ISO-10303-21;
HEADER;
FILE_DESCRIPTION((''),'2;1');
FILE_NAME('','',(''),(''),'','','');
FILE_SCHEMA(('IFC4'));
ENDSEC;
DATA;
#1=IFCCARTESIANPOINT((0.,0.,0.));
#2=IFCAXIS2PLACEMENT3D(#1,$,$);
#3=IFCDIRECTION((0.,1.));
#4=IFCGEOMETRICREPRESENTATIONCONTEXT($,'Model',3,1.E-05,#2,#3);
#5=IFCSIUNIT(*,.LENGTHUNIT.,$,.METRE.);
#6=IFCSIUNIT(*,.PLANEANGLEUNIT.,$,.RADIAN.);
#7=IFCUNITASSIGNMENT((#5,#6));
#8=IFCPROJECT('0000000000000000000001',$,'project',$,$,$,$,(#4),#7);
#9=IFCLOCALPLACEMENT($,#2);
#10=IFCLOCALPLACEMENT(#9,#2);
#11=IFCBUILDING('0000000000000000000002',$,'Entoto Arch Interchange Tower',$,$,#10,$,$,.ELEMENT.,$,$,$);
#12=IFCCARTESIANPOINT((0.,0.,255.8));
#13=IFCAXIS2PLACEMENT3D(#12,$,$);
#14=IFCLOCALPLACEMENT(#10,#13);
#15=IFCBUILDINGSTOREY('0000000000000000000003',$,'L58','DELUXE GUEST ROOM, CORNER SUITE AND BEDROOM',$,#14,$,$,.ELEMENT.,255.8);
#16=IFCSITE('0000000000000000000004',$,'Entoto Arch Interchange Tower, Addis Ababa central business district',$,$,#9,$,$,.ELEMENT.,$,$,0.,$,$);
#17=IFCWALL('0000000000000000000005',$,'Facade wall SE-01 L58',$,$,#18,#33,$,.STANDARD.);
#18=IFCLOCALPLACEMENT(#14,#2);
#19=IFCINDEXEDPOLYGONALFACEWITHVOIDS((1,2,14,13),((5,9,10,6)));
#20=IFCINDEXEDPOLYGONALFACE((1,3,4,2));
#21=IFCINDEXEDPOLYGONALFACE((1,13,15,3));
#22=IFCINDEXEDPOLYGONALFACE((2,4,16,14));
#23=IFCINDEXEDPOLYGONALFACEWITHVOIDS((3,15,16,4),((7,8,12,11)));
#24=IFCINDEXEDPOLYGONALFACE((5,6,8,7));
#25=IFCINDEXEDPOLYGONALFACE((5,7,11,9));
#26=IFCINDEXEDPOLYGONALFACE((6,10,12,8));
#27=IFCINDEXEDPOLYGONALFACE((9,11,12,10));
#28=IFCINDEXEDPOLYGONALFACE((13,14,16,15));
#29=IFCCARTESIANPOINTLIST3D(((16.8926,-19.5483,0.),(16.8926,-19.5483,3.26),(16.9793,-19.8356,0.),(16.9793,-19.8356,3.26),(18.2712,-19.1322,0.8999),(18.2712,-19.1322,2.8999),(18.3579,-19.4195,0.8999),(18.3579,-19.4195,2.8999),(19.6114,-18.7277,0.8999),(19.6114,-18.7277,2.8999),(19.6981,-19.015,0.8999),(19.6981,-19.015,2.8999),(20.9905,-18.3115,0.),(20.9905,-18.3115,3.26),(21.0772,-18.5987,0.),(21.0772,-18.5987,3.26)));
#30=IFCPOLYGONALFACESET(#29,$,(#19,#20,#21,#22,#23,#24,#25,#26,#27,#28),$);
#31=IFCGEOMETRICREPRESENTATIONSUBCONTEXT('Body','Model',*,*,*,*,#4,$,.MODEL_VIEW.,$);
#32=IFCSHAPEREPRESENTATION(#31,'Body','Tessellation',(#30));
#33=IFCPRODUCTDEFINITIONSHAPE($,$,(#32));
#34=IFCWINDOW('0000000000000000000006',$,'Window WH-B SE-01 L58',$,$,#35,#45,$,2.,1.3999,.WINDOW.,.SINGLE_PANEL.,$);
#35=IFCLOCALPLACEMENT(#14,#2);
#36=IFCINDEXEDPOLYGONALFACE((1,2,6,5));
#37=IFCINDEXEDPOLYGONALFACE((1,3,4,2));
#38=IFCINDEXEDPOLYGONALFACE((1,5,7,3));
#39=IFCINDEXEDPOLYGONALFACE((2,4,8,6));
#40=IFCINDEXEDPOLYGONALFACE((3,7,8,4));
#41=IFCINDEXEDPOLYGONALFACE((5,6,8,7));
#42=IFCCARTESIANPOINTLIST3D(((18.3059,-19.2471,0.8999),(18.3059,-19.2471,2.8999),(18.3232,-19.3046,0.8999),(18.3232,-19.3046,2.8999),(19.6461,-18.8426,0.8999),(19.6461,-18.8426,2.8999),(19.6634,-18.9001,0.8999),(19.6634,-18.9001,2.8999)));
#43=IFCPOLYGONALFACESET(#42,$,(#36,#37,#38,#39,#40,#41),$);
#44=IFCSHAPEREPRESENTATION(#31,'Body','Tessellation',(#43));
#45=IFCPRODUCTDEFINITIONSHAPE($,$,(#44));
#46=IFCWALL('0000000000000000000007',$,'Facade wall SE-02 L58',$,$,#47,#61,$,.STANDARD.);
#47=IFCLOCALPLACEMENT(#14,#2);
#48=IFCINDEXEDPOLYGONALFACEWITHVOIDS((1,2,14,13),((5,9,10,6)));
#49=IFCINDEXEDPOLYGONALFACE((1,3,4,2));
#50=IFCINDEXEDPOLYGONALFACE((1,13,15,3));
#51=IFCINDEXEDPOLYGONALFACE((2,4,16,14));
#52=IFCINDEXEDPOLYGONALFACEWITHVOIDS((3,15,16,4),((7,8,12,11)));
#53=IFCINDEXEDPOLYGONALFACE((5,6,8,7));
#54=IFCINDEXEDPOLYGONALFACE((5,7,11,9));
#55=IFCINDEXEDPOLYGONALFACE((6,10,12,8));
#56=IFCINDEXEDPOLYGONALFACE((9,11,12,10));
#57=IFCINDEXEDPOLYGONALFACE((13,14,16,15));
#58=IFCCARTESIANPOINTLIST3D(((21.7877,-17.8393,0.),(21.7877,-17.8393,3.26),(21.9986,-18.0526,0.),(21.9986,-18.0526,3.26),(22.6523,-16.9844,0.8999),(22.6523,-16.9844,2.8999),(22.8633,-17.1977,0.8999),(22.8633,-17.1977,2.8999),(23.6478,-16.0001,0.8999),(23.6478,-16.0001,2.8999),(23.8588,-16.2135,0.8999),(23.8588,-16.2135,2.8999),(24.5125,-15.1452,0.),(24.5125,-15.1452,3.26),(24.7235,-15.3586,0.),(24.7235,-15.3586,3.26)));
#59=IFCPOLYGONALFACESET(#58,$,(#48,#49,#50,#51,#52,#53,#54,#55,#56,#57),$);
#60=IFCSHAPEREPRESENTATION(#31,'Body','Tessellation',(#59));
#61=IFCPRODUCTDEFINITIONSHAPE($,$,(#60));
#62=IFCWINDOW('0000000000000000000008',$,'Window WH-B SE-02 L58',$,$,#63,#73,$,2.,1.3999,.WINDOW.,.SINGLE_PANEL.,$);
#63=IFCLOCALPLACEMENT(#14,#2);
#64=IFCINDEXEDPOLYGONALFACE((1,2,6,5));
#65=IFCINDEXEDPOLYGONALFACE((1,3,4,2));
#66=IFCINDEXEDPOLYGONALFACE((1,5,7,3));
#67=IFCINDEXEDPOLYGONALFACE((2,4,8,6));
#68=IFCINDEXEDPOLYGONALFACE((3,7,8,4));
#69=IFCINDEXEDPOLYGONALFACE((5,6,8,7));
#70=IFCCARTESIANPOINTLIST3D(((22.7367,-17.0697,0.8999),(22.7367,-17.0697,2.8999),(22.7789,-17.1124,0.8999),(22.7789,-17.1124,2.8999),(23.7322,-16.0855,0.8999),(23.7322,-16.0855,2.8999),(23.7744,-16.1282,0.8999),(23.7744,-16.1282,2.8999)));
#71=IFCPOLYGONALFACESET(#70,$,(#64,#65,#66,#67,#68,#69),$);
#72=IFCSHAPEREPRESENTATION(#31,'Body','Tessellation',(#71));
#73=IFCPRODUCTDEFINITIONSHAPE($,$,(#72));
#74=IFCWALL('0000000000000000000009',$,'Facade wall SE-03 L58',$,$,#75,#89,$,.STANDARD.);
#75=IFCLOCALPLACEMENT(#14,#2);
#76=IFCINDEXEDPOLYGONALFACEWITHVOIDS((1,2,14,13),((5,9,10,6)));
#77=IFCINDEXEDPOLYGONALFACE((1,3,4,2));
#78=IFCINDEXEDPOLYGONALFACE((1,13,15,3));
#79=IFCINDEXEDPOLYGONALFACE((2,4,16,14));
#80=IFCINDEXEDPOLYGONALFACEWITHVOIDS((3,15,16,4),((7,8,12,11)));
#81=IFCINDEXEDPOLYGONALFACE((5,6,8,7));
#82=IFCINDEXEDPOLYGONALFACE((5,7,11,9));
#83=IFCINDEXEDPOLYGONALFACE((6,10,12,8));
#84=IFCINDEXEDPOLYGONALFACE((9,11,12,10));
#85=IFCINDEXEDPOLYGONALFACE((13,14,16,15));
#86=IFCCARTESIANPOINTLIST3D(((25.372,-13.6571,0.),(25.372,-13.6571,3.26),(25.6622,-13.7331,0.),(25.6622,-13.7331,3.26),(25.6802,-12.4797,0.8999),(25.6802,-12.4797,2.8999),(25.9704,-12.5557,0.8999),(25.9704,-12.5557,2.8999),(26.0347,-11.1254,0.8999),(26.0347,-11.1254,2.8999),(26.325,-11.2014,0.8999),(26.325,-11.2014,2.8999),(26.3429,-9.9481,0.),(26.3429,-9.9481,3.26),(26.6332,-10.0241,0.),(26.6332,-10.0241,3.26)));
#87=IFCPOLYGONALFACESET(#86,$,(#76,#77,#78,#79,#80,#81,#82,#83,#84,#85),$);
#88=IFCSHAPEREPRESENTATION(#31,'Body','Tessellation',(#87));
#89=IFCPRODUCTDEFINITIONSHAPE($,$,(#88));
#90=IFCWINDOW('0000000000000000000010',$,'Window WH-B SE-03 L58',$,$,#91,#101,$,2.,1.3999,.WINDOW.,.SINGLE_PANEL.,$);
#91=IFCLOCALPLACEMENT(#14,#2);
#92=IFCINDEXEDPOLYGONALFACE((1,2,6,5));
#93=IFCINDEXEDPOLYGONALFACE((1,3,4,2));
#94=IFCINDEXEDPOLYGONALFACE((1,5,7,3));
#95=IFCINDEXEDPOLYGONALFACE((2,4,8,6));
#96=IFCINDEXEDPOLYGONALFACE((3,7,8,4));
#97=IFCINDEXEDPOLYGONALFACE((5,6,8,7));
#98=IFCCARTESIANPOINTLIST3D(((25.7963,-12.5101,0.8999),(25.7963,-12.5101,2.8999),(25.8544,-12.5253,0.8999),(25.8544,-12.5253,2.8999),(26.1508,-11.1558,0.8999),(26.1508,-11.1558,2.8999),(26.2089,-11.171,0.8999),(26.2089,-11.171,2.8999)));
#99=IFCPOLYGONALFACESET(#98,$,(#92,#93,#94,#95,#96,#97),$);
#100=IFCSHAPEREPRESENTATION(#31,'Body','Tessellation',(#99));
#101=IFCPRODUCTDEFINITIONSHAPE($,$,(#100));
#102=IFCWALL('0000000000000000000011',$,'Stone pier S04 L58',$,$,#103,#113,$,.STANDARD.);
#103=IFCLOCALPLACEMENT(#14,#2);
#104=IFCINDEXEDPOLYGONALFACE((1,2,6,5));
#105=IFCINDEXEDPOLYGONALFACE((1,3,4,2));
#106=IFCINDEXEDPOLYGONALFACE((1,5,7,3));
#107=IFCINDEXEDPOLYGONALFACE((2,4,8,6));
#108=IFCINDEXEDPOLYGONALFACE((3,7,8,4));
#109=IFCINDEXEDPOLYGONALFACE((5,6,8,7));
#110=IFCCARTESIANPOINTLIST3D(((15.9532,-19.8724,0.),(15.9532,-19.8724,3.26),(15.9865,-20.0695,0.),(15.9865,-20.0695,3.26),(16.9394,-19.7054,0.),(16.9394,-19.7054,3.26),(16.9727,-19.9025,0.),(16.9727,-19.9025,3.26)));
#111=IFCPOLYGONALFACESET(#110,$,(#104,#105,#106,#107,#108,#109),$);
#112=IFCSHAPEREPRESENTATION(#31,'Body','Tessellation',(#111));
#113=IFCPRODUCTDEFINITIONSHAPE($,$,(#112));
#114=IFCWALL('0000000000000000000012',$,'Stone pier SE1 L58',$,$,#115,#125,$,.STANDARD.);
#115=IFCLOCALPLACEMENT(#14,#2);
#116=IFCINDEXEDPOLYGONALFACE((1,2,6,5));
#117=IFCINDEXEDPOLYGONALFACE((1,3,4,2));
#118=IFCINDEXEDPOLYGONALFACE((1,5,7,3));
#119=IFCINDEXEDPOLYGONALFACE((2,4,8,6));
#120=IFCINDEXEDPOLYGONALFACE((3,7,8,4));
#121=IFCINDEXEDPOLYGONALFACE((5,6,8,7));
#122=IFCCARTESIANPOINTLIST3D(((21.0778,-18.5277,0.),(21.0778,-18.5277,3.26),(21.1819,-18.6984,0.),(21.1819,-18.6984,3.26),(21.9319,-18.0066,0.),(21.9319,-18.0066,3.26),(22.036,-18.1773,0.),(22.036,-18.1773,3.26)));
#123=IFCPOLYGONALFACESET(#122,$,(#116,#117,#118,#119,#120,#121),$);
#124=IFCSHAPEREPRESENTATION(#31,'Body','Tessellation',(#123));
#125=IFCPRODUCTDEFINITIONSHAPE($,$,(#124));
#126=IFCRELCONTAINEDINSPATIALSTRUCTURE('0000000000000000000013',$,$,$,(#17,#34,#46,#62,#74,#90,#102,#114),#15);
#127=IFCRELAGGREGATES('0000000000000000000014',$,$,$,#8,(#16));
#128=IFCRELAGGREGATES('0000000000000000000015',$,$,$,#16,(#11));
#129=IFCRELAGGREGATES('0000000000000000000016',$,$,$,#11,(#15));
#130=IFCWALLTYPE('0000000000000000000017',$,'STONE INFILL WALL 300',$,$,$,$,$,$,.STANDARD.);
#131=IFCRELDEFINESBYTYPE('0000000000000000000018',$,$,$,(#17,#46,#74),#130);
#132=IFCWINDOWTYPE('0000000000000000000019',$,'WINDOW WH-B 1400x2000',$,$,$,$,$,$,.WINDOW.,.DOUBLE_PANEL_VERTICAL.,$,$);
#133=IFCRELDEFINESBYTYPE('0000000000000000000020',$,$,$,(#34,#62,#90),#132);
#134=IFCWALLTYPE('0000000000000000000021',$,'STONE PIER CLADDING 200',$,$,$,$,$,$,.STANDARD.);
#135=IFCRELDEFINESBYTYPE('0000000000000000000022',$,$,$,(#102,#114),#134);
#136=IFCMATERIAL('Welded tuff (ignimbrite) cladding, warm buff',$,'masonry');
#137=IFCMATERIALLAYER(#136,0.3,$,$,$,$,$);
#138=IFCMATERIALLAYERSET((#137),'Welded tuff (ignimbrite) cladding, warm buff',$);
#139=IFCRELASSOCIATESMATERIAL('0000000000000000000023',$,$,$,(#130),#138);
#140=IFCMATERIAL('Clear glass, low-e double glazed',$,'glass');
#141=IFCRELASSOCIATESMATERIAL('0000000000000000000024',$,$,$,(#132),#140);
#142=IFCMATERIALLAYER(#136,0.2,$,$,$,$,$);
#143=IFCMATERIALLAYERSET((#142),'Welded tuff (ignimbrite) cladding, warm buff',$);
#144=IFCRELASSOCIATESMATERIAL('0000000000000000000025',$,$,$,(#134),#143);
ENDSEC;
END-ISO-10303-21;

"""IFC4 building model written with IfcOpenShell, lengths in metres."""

from ifc_helpers import new_model, si_unit, direction, frame, frame_2d, origin, place, context, subcontext, project, spatial, rectangle, extrude, material, layer, layer_set, type_object, element, fill, save


model = new_model("IFC4")

# Units and contexts
model_context = context("Model", 3, precision=1e-05, world=origin(), true_north=direction((0.0, 1.0)))
body_context = subcontext(model_context, "Body", "Model", "MODEL_VIEW")
ifc_project = project(units=[si_unit("LENGTHUNIT", "METRE"), si_unit("PLANEANGLEUNIT", "RADIAN")], contexts=[model_context])

# Site, building, storey
site_placement = place(None, origin())
site = spatial("IfcSite", under=ifc_project, at=site_placement, Name="Entoto Arch Interchange Tower, Addis Ababa central business district", CompositionType="ELEMENT", RefElevation=0.0)
building_placement = place(site_placement, origin())
building = spatial("IfcBuilding", under=site, at=building_placement, Name="Entoto Arch Interchange Tower", CompositionType="ELEMENT")
storey_placement = place(building_placement, frame((0.0, 0.0, 255.8)))
storey = spatial("IfcBuildingStorey", under=building, at=storey_placement, Name="L58", Description="DELUXE GUEST ROOM, CORNER SUITE AND BEDROOM", CompositionType="ELEMENT", Elevation=255.8)

# Walls, openings, windows
ifc_material_1 = material(Name="Welded tuff (ignimbrite) cladding, warm buff", Category="masonry")
ifc_layer_1 = layer(ifc_material_1, 0.3)
ifc_layer_set_1 = layer_set([ifc_layer_1], Name="Welded tuff (ignimbrite) cladding, warm buff")
wall_type_1 = type_object("IfcWallType", Name="STONE INFILL WALL 300", PredefinedType="STANDARD", material=ifc_layer_set_1)
wall_1_placement = place(storey_placement, frame((16.936, -19.6919, 0.0), z_axis=(0.0, 0.0, 1.0), x_axis=(0.957346, 0.288943, 0.0)))
wall_1 = element("IfcWall", 1, at=wall_1_placement, inside=storey, type_object=wall_type_1, Name="Facade wall SE-01 L58", PredefinedType="STANDARD", context=body_context, shape_type="SweptSolid", body=[
    extrude(rectangle(XDim=4.2805, YDim=0.3, at=frame_2d((2.1401, 0.0))), origin(), (0.0, 0.0, 1.0), 3.26),
])
opening_1_placement = place(wall_1_placement, frame((1.4399, 0.0, 0.8999)))
opening_1 = element("IfcOpeningElement", 2, at=opening_1_placement, cuts=wall_1, PredefinedType="OPENING", context=body_context, shape_type="SweptSolid", body=[
    extrude(rectangle(XDim=1.3999, YDim=2.0, at=frame_2d((0.7, 1.0))), frame((0.0, 0.1602, 0.0), z_axis=(0.0, -1.0, 0.0), x_axis=(1.0, 0.0, 0.0)), (0.0, 0.0, 1.0), 0.3201),
])
ifc_material_2 = material(Name="Clear glass, low-e double glazed", Category="glass")
window_type = type_object("IfcWindowType", Name="WINDOW WH-B 1400x2000", PartitioningType="DOUBLE_PANEL_VERTICAL", PredefinedType="WINDOW", material=ifc_material_2)
window_1_placement = place(opening_1_placement, origin())
window_1 = element("IfcWindow", 3, at=window_1_placement, inside=storey, type_object=window_type, Name="Window WH-B SE-01 L58", OverallHeight=2.0, OverallWidth=1.3999, PartitioningType="SINGLE_PANEL", PredefinedType="WINDOW", context=body_context, shape_type="SweptSolid", body=[
    extrude(rectangle(XDim=1.3999, YDim=2.0, at=frame_2d((0.7, 1.0))), frame((0.0, 0.03, 0.0), z_axis=(0.0, -1.0, 0.0), x_axis=(1.0, 0.0, 0.0)), (0.0, 0.0, 1.0), 0.0601),
])
fill(opening_1, window_1)
wall_2_placement = place(storey_placement, frame((21.8931, -17.946, 0.0), z_axis=(0.0, 0.0, 1.0), x_axis=(0.711109, 0.703081, 0.0)))
wall_2 = element("IfcWall", 4, at=wall_2_placement, inside=storey, type_object=wall_type_1, Name="Facade wall SE-02 L58", PredefinedType="STANDARD", context=body_context, shape_type="SweptSolid", body=[
    extrude(rectangle(XDim=3.8318, YDim=0.3, at=frame_2d((1.916, 0.0))), origin(), (0.0, 0.0, 1.0), 3.26),
])
opening_2_placement = place(wall_2_placement, frame((1.2161, 0.0, 0.8999)))
opening_2 = element("IfcOpeningElement", 5, at=opening_2_placement, cuts=wall_2, PredefinedType="OPENING", context=body_context, shape_type="SweptSolid", body=[
    extrude(rectangle(XDim=1.3999, YDim=2.0, at=frame_2d((0.7, 1.0))), frame((0.0, 0.1602, 0.0), z_axis=(0.0, -1.0, 0.0), x_axis=(1.0, 0.0, 0.0)), (0.0, 0.0, 1.0), 0.3201),
])
window_2_placement = place(opening_2_placement, origin())
window_2 = element("IfcWindow", 6, at=window_2_placement, inside=storey, type_object=window_type, Name="Window WH-B SE-02 L58", OverallHeight=2.0, OverallWidth=1.3999, PartitioningType="SINGLE_PANEL", PredefinedType="WINDOW", context=body_context, shape_type="SweptSolid", body=[
    extrude(rectangle(XDim=1.3999, YDim=2.0, at=frame_2d((0.7, 1.0))), frame((0.0, 0.03, 0.0), z_axis=(0.0, -1.0, 0.0), x_axis=(1.0, 0.0, 0.0)), (0.0, 0.0, 1.0), 0.0601),
])
fill(opening_2, window_2)
wall_3_placement = place(storey_placement, frame((25.5171, -13.6951, 0.0), z_axis=(0.0, 0.0, 1.0), x_axis=(0.253249, 0.967401, 0.0)))
wall_3 = element("IfcWall", 7, at=wall_3_placement, inside=storey, type_object=wall_type_1, Name="Facade wall SE-03 L58", PredefinedType="STANDARD", context=body_context, shape_type="SweptSolid", body=[
    extrude(rectangle(XDim=3.834, YDim=0.3, at=frame_2d((1.917, 0.0))), origin(), (0.0, 0.0, 1.0), 3.26),
])
opening_3_placement = place(wall_3_placement, frame((1.217, 0.0, 0.8999)))
opening_3 = element("IfcOpeningElement", 8, at=opening_3_placement, cuts=wall_3, PredefinedType="OPENING", context=body_context, shape_type="SweptSolid", body=[
    extrude(rectangle(XDim=1.3999, YDim=2.0, at=frame_2d((0.7, 1.0))), frame((0.0, 0.1602, 0.0), z_axis=(0.0, -1.0, 0.0), x_axis=(1.0, 0.0, 0.0)), (0.0, 0.0, 1.0), 0.3201),
])
window_3_placement = place(opening_3_placement, origin())
window_3 = element("IfcWindow", 9, at=window_3_placement, inside=storey, type_object=window_type, Name="Window WH-B SE-03 L58", OverallHeight=2.0, OverallWidth=1.3999, PartitioningType="SINGLE_PANEL", PredefinedType="WINDOW", context=body_context, shape_type="SweptSolid", body=[
    extrude(rectangle(XDim=1.3999, YDim=2.0, at=frame_2d((0.7, 1.0))), frame((0.0, 0.03, 0.0), z_axis=(0.0, -1.0, 0.0), x_axis=(1.0, 0.0, 0.0)), (0.0, 0.0, 1.0), 0.0601),
])
fill(opening_3, window_3)

# Walls
ifc_layer_2 = layer(ifc_material_1, 0.2)
ifc_layer_set_2 = layer_set([ifc_layer_2], Name="Welded tuff (ignimbrite) cladding, warm buff")
wall_type_2 = type_object("IfcWallType", Name="STONE PIER CLADDING 200", PredefinedType="STANDARD", material=ifc_layer_set_2)
wall_4_placement = place(storey_placement, frame((15.97, -19.9709, 0.0), z_axis=(0.0, 0.0, 1.0), x_axis=(0.985962, 0.166971, 0.0)))
element("IfcWall", 10, at=wall_4_placement, inside=storey, type_object=wall_type_2, Name="Stone pier S04 L58", PredefinedType="STANDARD", context=body_context, shape_type="SweptSolid", body=[
    extrude(rectangle(XDim=1.0002, YDim=0.2, at=frame_2d((0.5, 0.0))), origin(), (0.0, 0.0, 1.0), 3.26),
])
wall_5_placement = place(storey_placement, frame((21.1299, -18.613, 0.0), z_axis=(0.0, 0.0, 1.0), x_axis=(0.85368, 0.520798, 0.0)))
element("IfcWall", 11, at=wall_5_placement, inside=storey, type_object=wall_type_2, Name="Stone pier SE1 L58", PredefinedType="STANDARD", context=body_context, shape_type="SweptSolid", body=[
    extrude(rectangle(XDim=1.0005, YDim=0.2, at=frame_2d((0.5002, 0.0))), origin(), (0.0, 0.0, 1.0), 3.26),
])

save(model, "model.ifc")
